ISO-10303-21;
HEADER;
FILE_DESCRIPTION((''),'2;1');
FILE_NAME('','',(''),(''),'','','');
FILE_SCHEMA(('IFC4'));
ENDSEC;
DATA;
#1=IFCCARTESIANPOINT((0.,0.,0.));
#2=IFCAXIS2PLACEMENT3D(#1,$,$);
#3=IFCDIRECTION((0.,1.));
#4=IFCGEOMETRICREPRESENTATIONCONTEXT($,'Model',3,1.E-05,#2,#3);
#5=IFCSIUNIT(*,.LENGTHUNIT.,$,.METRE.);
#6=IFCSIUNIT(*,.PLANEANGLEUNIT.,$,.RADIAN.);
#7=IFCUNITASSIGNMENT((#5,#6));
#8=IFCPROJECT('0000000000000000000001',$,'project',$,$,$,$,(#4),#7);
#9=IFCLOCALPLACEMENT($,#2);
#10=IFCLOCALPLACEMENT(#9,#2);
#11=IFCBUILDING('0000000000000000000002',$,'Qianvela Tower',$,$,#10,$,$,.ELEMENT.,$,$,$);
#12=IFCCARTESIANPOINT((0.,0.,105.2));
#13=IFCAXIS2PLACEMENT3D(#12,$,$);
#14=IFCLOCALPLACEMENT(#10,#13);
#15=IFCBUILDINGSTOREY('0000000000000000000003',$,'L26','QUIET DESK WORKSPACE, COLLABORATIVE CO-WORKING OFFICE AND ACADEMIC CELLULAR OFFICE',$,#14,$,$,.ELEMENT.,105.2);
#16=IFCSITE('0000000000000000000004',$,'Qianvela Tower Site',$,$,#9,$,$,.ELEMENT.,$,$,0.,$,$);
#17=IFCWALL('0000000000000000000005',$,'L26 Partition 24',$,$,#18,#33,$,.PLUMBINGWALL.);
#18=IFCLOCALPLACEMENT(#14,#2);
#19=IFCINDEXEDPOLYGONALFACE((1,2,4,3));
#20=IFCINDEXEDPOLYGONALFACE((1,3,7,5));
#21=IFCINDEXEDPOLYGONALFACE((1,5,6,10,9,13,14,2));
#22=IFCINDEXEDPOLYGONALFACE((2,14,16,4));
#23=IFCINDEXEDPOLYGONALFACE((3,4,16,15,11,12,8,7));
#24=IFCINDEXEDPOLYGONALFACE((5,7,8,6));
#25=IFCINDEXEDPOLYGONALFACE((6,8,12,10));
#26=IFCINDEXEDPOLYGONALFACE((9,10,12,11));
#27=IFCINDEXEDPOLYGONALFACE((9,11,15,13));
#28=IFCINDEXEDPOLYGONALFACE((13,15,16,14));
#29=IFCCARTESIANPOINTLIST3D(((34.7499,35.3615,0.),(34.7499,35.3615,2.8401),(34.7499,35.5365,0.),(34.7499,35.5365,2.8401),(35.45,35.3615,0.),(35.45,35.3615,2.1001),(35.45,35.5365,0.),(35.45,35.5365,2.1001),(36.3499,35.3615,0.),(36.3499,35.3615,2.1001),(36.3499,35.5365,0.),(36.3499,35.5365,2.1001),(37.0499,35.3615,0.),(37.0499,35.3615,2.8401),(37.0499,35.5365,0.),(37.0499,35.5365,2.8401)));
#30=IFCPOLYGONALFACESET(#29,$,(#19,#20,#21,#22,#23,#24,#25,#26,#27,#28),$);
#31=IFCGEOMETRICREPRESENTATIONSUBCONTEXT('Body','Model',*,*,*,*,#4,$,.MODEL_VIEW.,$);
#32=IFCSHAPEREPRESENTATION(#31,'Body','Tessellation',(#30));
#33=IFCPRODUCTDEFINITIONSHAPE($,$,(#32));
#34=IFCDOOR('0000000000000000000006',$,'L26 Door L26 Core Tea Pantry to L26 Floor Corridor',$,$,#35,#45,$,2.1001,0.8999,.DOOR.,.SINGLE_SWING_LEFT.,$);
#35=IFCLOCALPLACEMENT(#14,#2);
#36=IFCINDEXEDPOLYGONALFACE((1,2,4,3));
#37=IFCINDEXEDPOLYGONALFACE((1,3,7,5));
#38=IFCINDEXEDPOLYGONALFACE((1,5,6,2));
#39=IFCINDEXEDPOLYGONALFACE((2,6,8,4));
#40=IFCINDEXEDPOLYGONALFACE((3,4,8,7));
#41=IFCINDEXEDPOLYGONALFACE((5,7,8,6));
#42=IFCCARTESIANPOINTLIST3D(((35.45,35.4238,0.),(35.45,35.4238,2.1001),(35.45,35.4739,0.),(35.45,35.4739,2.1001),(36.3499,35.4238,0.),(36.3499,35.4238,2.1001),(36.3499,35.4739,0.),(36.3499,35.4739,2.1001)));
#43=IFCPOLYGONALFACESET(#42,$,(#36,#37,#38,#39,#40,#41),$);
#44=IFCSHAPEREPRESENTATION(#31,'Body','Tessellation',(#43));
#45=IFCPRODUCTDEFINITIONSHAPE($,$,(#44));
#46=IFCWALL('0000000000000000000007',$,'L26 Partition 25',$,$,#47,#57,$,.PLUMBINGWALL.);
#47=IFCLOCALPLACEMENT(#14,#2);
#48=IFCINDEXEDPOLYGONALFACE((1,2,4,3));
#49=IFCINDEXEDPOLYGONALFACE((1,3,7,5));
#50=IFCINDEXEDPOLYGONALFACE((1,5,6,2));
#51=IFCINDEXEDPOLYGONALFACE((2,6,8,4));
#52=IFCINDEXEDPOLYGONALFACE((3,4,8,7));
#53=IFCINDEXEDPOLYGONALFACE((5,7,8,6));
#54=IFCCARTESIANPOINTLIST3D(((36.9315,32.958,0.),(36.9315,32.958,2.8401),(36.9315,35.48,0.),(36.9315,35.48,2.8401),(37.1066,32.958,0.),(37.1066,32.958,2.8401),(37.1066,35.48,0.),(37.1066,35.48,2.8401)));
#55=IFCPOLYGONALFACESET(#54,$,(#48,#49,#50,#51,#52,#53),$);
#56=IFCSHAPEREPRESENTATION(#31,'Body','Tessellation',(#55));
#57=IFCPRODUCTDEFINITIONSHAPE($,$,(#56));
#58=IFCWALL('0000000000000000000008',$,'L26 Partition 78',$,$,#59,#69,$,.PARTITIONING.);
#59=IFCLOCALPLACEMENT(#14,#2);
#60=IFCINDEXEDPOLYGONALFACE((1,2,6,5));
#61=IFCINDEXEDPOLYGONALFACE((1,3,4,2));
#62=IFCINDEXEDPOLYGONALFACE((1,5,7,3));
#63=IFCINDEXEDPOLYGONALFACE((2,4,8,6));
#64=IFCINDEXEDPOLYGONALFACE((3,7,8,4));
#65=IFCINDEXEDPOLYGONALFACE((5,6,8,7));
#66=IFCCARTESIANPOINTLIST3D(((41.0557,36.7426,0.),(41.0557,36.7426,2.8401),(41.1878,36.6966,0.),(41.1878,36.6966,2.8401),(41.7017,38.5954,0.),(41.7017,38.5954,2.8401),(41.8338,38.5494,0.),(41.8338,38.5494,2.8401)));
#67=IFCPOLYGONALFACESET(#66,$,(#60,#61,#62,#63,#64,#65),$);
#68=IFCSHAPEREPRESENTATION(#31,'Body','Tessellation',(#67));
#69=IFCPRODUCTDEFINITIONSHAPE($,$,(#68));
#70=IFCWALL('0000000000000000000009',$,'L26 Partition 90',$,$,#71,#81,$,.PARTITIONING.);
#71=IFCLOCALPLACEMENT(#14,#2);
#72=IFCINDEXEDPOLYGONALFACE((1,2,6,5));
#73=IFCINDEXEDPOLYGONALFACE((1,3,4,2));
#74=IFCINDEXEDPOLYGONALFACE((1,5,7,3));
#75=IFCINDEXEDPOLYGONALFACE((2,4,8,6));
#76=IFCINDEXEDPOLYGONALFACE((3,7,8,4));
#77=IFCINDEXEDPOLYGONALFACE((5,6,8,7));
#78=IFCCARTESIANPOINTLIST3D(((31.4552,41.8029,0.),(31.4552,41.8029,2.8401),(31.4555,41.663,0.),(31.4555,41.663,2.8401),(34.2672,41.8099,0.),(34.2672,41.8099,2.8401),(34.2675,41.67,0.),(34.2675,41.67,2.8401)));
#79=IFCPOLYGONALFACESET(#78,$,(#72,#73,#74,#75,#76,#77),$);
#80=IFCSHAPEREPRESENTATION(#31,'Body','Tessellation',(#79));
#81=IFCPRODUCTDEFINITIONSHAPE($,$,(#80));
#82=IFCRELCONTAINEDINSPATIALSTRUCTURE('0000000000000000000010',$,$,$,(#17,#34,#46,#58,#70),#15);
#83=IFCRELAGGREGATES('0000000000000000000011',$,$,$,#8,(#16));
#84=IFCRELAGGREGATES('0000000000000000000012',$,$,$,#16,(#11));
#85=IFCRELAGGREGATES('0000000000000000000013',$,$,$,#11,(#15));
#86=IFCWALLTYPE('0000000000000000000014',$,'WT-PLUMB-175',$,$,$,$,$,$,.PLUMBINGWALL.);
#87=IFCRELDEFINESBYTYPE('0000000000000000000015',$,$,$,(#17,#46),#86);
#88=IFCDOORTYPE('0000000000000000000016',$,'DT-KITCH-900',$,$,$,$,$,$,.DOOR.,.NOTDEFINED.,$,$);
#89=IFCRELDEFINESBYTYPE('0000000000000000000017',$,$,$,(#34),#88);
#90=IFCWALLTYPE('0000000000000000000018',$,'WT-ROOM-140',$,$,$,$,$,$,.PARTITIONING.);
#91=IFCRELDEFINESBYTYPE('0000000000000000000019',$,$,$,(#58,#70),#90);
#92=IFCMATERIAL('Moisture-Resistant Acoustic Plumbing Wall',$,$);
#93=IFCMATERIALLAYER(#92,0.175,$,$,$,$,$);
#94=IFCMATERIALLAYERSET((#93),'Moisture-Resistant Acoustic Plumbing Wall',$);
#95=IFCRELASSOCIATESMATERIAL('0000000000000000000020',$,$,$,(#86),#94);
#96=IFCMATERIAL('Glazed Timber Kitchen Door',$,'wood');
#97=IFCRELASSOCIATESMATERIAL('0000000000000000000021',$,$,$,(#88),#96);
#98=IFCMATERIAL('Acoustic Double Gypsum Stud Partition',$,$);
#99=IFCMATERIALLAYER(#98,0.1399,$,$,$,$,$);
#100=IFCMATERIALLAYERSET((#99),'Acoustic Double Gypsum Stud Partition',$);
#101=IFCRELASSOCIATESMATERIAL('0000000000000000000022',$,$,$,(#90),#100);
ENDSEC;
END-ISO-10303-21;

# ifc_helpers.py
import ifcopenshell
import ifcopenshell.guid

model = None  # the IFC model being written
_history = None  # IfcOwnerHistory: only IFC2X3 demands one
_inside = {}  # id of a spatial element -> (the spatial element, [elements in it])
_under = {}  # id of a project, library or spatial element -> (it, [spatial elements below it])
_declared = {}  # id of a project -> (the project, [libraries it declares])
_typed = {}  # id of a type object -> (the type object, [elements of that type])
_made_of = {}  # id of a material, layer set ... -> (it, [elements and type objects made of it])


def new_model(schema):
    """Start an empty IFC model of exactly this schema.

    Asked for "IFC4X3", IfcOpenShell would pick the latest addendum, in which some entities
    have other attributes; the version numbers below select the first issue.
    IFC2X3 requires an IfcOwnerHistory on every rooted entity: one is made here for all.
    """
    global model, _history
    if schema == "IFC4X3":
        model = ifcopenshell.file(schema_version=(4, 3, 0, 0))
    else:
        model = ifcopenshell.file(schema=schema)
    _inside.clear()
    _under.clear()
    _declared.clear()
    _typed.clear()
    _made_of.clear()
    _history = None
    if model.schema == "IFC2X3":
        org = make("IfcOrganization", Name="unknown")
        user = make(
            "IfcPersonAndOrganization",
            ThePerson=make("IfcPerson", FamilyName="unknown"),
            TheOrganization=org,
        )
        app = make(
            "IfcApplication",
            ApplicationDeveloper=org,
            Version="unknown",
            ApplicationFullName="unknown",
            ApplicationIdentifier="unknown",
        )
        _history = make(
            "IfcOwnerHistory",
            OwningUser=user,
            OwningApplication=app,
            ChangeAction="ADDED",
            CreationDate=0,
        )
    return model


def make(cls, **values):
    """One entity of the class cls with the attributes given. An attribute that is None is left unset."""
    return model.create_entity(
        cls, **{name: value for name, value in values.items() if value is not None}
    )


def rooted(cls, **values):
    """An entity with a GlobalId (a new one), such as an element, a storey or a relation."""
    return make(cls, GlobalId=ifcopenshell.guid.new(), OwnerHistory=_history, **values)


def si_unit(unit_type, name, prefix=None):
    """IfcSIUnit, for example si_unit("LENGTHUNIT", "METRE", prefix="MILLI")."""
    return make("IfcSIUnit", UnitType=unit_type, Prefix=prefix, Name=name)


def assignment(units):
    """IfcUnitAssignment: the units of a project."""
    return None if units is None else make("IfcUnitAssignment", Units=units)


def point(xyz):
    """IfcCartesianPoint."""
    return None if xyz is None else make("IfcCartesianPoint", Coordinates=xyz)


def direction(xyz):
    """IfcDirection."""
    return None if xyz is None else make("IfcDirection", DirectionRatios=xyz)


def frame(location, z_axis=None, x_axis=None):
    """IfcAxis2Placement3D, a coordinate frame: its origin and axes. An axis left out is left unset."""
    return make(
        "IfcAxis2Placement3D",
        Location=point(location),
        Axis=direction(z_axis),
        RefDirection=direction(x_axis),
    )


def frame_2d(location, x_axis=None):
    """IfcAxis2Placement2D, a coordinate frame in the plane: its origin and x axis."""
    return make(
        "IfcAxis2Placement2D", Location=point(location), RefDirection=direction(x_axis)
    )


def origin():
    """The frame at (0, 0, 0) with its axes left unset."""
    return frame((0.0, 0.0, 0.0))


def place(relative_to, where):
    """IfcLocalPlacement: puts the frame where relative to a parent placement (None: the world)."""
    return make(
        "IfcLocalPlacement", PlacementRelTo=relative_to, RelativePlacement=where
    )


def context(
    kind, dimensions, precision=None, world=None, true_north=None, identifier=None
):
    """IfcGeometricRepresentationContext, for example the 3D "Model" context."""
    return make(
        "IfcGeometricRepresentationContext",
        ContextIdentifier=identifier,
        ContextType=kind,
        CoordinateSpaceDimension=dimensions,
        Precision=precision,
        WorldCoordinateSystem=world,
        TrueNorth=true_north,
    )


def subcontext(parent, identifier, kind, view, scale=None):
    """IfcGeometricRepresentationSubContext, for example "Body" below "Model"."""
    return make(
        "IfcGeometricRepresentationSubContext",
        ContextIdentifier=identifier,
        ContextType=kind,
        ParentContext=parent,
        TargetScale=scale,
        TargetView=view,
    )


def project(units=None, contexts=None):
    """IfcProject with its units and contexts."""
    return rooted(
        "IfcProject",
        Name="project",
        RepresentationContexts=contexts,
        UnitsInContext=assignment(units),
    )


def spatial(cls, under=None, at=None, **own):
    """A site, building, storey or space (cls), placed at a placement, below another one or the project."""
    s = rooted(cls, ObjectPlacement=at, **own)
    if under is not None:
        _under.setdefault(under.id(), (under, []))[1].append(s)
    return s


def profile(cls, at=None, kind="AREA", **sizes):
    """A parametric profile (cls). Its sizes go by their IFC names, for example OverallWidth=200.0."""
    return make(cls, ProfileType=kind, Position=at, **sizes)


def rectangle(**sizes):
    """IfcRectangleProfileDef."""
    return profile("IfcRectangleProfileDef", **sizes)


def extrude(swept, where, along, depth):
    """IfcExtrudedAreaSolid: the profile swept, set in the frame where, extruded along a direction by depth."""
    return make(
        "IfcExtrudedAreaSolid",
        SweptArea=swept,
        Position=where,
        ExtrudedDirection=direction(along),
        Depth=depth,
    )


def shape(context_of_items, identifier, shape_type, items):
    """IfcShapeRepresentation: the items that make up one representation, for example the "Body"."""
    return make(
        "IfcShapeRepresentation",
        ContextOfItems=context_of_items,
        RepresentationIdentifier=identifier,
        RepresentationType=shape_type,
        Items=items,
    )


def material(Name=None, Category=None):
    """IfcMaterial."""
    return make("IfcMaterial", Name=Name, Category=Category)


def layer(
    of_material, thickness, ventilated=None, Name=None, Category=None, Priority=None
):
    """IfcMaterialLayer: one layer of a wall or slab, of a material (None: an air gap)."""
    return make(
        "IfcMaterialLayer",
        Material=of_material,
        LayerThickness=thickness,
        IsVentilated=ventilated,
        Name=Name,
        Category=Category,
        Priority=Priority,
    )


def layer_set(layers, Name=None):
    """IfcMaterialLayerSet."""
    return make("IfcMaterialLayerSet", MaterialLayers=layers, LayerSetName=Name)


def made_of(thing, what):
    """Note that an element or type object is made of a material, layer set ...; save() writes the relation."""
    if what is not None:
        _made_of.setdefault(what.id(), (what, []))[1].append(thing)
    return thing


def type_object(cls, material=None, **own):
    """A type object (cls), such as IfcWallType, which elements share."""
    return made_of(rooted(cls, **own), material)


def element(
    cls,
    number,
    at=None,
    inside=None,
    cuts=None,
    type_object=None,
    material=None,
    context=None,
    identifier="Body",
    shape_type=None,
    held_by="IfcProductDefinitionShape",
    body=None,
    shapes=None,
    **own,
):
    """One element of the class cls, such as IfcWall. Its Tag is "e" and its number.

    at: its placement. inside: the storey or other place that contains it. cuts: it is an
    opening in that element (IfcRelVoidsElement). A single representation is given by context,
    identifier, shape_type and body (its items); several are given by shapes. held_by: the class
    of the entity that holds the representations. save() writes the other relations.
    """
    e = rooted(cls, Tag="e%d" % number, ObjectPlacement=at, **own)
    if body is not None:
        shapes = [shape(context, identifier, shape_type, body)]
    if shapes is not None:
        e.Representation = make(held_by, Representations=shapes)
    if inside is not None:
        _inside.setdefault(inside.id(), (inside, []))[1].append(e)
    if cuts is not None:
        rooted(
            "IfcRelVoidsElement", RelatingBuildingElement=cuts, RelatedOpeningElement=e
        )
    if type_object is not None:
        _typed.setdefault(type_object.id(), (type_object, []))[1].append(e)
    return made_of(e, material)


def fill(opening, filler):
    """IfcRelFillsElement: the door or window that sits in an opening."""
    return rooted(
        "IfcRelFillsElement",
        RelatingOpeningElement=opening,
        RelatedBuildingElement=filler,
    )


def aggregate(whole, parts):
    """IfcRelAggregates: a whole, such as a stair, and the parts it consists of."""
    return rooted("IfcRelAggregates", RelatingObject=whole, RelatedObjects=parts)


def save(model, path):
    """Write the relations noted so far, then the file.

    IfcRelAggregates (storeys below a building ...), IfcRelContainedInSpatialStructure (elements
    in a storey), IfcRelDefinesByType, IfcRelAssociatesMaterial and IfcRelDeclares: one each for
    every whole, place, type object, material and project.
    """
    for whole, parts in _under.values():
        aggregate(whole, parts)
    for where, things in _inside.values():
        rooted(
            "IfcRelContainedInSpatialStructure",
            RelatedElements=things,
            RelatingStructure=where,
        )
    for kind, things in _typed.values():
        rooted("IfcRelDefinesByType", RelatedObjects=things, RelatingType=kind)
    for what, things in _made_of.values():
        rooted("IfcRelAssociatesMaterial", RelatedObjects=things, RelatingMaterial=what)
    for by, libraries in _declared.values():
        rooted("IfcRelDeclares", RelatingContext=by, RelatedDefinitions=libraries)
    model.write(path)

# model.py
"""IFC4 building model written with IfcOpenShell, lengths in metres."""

from ifc_helpers import new_model, si_unit, direction, frame, frame_2d, origin, place, context, subcontext, project, spatial, rectangle, extrude, material, layer, layer_set, type_object, element, fill, save


model = new_model("IFC4")

# Units and contexts
model_context = context("Model", 3, precision=1e-05, world=origin(), true_north=direction((0.0, 1.0)))
body_context = subcontext(model_context, "Body", "Model", "MODEL_VIEW")
ifc_project = project(units=[si_unit("LENGTHUNIT", "METRE"), si_unit("PLANEANGLEUNIT", "RADIAN")], contexts=[model_context])

# Site, building, storey
site_placement = place(None, origin())
site = spatial("IfcSite", under=ifc_project, at=site_placement, Name="Qianvela Tower Site", CompositionType="ELEMENT", RefElevation=0.0)
building_placement = place(site_placement, origin())
building = spatial("IfcBuilding", under=site, at=building_placement, Name="Qianvela Tower", CompositionType="ELEMENT")
storey_placement = place(building_placement, frame((0.0, 0.0, 105.2)))
storey = spatial("IfcBuildingStorey", under=building, at=storey_placement, Name="L26", Description="QUIET DESK WORKSPACE, COLLABORATIVE CO-WORKING OFFICE AND ACADEMIC CELLULAR OFFICE", CompositionType="ELEMENT", Elevation=105.2)

# Shared definitions
ifc_material_1 = material(Name="Moisture-Resistant Acoustic Plumbing Wall")
ifc_layer_1 = layer(ifc_material_1, 0.175)
ifc_layer_set_1 = layer_set([ifc_layer_1], Name="Moisture-Resistant Acoustic Plumbing Wall")
wall_type_1 = type_object("IfcWallType", Name="WT-PLUMB-175", PredefinedType="PLUMBINGWALL", material=ifc_layer_set_1)

# Wall, opening, door
wall_1_placement = place(storey_placement, frame((34.75, 35.449, 0.0), z_axis=(0.0, 0.0, 1.0), x_axis=(1.0, 0.0, 0.0)))
wall_1 = element("IfcWall", 1, at=wall_1_placement, inside=storey, type_object=wall_type_1, Name="L26 Partition 24", PredefinedType="PLUMBINGWALL", context=body_context, shape_type="SweptSolid", body=[
    extrude(rectangle(XDim=2.3, YDim=0.175, at=frame_2d((1.1499, 0.0))), origin(), (0.0, 0.0, 1.0), 2.8401),
])
opening_1_placement = place(wall_1_placement, frame((0.7, 0.0, 0.0)))
opening_1 = element("IfcOpeningElement", 2, at=opening_1_placement, cuts=wall_1, PredefinedType="OPENING", context=body_context, shape_type="SweptSolid", body=[
    extrude(rectangle(XDim=0.8999, YDim=2.1001, at=frame_2d((0.45, 1.05))), frame((0.0, 0.0974, 0.0), z_axis=(0.0, -1.0, 0.0), x_axis=(1.0, 0.0, 0.0)), (0.0, 0.0, 1.0), 0.1951),
])
ifc_material_2 = material(Name="Glazed Timber Kitchen Door", Category="wood")
door_type_1 = type_object("IfcDoorType", Name="DT-KITCH-900", OperationType="NOTDEFINED", PredefinedType="DOOR", material=ifc_material_2)
door_1_placement = place(opening_1_placement, origin())
door_1 = element("IfcDoor", 3, at=door_1_placement, inside=storey, type_object=door_type_1, Name="L26 Door L26 Core Tea Pantry to L26 Floor Corridor", OperationType="SINGLE_SWING_LEFT", OverallHeight=2.1001, OverallWidth=0.8999, PredefinedType="DOOR", context=body_context, shape_type="SweptSolid", body=[
    extrude(rectangle(XDim=0.8999, YDim=2.1001, at=frame_2d((0.45, 1.05))), frame((0.0, 0.0249, 0.0), z_axis=(0.0, -1.0, 0.0), x_axis=(1.0, 0.0, 0.0)), (0.0, 0.0, 1.0), 0.05),
])
fill(opening_1, door_1)

# Walls
wall_2_placement = place(storey_placement, frame((37.019, 35.48, 0.0), z_axis=(0.0, 0.0, 1.0), x_axis=(0.0, -1.0, 0.0)))
element("IfcWall", 4, at=wall_2_placement, inside=storey, type_object=wall_type_1, Name="L26 Partition 25", PredefinedType="PLUMBINGWALL", context=body_context, shape_type="SweptSolid", body=[
    extrude(rectangle(XDim=2.522, YDim=0.175, at=frame_2d((1.261, 0.0))), origin(), (0.0, 0.0, 1.0), 2.8401),
])
ifc_material_3 = material(Name="Acoustic Double Gypsum Stud Partition")
ifc_layer_2 = layer(ifc_material_3, 0.1399)
ifc_layer_set_2 = layer_set([ifc_layer_2], Name="Acoustic Double Gypsum Stud Partition")
wall_type_2 = type_object("IfcWallType", Name="WT-ROOM-140", PredefinedType="PARTITIONING", material=ifc_layer_set_2)
wall_3_placement = place(storey_placement, frame((41.1218, 36.7197, 0.0), z_axis=(0.0, 0.0, 1.0), x_axis=(0.329225, 0.944251, 0.0)))
element("IfcWall", 5, at=wall_3_placement, inside=storey, type_object=wall_type_2, Name="L26 Partition 78", PredefinedType="PARTITIONING", context=body_context, shape_type="SweptSolid", body=[
    extrude(rectangle(XDim=1.9622, YDim=0.1399, at=frame_2d((0.981, 0.0))), origin(), (0.0, 0.0, 1.0), 2.8401),
])
wall_4_placement = place(storey_placement, frame((34.2673, 41.74, 0.0), z_axis=(0.0, 0.0, 1.0), x_axis=(-0.999997, -0.002518, 0.0)))
element("IfcWall", 6, at=wall_4_placement, inside=storey, type_object=wall_type_2, Name="L26 Partition 90", PredefinedType="PARTITIONING", context=body_context, shape_type="SweptSolid", body=[
    extrude(rectangle(XDim=2.812, YDim=0.1399, at=frame_2d((1.406, 0.0))), origin(), (0.0, 0.0, 1.0), 2.8401),
])

save(model, "model.ifc")
